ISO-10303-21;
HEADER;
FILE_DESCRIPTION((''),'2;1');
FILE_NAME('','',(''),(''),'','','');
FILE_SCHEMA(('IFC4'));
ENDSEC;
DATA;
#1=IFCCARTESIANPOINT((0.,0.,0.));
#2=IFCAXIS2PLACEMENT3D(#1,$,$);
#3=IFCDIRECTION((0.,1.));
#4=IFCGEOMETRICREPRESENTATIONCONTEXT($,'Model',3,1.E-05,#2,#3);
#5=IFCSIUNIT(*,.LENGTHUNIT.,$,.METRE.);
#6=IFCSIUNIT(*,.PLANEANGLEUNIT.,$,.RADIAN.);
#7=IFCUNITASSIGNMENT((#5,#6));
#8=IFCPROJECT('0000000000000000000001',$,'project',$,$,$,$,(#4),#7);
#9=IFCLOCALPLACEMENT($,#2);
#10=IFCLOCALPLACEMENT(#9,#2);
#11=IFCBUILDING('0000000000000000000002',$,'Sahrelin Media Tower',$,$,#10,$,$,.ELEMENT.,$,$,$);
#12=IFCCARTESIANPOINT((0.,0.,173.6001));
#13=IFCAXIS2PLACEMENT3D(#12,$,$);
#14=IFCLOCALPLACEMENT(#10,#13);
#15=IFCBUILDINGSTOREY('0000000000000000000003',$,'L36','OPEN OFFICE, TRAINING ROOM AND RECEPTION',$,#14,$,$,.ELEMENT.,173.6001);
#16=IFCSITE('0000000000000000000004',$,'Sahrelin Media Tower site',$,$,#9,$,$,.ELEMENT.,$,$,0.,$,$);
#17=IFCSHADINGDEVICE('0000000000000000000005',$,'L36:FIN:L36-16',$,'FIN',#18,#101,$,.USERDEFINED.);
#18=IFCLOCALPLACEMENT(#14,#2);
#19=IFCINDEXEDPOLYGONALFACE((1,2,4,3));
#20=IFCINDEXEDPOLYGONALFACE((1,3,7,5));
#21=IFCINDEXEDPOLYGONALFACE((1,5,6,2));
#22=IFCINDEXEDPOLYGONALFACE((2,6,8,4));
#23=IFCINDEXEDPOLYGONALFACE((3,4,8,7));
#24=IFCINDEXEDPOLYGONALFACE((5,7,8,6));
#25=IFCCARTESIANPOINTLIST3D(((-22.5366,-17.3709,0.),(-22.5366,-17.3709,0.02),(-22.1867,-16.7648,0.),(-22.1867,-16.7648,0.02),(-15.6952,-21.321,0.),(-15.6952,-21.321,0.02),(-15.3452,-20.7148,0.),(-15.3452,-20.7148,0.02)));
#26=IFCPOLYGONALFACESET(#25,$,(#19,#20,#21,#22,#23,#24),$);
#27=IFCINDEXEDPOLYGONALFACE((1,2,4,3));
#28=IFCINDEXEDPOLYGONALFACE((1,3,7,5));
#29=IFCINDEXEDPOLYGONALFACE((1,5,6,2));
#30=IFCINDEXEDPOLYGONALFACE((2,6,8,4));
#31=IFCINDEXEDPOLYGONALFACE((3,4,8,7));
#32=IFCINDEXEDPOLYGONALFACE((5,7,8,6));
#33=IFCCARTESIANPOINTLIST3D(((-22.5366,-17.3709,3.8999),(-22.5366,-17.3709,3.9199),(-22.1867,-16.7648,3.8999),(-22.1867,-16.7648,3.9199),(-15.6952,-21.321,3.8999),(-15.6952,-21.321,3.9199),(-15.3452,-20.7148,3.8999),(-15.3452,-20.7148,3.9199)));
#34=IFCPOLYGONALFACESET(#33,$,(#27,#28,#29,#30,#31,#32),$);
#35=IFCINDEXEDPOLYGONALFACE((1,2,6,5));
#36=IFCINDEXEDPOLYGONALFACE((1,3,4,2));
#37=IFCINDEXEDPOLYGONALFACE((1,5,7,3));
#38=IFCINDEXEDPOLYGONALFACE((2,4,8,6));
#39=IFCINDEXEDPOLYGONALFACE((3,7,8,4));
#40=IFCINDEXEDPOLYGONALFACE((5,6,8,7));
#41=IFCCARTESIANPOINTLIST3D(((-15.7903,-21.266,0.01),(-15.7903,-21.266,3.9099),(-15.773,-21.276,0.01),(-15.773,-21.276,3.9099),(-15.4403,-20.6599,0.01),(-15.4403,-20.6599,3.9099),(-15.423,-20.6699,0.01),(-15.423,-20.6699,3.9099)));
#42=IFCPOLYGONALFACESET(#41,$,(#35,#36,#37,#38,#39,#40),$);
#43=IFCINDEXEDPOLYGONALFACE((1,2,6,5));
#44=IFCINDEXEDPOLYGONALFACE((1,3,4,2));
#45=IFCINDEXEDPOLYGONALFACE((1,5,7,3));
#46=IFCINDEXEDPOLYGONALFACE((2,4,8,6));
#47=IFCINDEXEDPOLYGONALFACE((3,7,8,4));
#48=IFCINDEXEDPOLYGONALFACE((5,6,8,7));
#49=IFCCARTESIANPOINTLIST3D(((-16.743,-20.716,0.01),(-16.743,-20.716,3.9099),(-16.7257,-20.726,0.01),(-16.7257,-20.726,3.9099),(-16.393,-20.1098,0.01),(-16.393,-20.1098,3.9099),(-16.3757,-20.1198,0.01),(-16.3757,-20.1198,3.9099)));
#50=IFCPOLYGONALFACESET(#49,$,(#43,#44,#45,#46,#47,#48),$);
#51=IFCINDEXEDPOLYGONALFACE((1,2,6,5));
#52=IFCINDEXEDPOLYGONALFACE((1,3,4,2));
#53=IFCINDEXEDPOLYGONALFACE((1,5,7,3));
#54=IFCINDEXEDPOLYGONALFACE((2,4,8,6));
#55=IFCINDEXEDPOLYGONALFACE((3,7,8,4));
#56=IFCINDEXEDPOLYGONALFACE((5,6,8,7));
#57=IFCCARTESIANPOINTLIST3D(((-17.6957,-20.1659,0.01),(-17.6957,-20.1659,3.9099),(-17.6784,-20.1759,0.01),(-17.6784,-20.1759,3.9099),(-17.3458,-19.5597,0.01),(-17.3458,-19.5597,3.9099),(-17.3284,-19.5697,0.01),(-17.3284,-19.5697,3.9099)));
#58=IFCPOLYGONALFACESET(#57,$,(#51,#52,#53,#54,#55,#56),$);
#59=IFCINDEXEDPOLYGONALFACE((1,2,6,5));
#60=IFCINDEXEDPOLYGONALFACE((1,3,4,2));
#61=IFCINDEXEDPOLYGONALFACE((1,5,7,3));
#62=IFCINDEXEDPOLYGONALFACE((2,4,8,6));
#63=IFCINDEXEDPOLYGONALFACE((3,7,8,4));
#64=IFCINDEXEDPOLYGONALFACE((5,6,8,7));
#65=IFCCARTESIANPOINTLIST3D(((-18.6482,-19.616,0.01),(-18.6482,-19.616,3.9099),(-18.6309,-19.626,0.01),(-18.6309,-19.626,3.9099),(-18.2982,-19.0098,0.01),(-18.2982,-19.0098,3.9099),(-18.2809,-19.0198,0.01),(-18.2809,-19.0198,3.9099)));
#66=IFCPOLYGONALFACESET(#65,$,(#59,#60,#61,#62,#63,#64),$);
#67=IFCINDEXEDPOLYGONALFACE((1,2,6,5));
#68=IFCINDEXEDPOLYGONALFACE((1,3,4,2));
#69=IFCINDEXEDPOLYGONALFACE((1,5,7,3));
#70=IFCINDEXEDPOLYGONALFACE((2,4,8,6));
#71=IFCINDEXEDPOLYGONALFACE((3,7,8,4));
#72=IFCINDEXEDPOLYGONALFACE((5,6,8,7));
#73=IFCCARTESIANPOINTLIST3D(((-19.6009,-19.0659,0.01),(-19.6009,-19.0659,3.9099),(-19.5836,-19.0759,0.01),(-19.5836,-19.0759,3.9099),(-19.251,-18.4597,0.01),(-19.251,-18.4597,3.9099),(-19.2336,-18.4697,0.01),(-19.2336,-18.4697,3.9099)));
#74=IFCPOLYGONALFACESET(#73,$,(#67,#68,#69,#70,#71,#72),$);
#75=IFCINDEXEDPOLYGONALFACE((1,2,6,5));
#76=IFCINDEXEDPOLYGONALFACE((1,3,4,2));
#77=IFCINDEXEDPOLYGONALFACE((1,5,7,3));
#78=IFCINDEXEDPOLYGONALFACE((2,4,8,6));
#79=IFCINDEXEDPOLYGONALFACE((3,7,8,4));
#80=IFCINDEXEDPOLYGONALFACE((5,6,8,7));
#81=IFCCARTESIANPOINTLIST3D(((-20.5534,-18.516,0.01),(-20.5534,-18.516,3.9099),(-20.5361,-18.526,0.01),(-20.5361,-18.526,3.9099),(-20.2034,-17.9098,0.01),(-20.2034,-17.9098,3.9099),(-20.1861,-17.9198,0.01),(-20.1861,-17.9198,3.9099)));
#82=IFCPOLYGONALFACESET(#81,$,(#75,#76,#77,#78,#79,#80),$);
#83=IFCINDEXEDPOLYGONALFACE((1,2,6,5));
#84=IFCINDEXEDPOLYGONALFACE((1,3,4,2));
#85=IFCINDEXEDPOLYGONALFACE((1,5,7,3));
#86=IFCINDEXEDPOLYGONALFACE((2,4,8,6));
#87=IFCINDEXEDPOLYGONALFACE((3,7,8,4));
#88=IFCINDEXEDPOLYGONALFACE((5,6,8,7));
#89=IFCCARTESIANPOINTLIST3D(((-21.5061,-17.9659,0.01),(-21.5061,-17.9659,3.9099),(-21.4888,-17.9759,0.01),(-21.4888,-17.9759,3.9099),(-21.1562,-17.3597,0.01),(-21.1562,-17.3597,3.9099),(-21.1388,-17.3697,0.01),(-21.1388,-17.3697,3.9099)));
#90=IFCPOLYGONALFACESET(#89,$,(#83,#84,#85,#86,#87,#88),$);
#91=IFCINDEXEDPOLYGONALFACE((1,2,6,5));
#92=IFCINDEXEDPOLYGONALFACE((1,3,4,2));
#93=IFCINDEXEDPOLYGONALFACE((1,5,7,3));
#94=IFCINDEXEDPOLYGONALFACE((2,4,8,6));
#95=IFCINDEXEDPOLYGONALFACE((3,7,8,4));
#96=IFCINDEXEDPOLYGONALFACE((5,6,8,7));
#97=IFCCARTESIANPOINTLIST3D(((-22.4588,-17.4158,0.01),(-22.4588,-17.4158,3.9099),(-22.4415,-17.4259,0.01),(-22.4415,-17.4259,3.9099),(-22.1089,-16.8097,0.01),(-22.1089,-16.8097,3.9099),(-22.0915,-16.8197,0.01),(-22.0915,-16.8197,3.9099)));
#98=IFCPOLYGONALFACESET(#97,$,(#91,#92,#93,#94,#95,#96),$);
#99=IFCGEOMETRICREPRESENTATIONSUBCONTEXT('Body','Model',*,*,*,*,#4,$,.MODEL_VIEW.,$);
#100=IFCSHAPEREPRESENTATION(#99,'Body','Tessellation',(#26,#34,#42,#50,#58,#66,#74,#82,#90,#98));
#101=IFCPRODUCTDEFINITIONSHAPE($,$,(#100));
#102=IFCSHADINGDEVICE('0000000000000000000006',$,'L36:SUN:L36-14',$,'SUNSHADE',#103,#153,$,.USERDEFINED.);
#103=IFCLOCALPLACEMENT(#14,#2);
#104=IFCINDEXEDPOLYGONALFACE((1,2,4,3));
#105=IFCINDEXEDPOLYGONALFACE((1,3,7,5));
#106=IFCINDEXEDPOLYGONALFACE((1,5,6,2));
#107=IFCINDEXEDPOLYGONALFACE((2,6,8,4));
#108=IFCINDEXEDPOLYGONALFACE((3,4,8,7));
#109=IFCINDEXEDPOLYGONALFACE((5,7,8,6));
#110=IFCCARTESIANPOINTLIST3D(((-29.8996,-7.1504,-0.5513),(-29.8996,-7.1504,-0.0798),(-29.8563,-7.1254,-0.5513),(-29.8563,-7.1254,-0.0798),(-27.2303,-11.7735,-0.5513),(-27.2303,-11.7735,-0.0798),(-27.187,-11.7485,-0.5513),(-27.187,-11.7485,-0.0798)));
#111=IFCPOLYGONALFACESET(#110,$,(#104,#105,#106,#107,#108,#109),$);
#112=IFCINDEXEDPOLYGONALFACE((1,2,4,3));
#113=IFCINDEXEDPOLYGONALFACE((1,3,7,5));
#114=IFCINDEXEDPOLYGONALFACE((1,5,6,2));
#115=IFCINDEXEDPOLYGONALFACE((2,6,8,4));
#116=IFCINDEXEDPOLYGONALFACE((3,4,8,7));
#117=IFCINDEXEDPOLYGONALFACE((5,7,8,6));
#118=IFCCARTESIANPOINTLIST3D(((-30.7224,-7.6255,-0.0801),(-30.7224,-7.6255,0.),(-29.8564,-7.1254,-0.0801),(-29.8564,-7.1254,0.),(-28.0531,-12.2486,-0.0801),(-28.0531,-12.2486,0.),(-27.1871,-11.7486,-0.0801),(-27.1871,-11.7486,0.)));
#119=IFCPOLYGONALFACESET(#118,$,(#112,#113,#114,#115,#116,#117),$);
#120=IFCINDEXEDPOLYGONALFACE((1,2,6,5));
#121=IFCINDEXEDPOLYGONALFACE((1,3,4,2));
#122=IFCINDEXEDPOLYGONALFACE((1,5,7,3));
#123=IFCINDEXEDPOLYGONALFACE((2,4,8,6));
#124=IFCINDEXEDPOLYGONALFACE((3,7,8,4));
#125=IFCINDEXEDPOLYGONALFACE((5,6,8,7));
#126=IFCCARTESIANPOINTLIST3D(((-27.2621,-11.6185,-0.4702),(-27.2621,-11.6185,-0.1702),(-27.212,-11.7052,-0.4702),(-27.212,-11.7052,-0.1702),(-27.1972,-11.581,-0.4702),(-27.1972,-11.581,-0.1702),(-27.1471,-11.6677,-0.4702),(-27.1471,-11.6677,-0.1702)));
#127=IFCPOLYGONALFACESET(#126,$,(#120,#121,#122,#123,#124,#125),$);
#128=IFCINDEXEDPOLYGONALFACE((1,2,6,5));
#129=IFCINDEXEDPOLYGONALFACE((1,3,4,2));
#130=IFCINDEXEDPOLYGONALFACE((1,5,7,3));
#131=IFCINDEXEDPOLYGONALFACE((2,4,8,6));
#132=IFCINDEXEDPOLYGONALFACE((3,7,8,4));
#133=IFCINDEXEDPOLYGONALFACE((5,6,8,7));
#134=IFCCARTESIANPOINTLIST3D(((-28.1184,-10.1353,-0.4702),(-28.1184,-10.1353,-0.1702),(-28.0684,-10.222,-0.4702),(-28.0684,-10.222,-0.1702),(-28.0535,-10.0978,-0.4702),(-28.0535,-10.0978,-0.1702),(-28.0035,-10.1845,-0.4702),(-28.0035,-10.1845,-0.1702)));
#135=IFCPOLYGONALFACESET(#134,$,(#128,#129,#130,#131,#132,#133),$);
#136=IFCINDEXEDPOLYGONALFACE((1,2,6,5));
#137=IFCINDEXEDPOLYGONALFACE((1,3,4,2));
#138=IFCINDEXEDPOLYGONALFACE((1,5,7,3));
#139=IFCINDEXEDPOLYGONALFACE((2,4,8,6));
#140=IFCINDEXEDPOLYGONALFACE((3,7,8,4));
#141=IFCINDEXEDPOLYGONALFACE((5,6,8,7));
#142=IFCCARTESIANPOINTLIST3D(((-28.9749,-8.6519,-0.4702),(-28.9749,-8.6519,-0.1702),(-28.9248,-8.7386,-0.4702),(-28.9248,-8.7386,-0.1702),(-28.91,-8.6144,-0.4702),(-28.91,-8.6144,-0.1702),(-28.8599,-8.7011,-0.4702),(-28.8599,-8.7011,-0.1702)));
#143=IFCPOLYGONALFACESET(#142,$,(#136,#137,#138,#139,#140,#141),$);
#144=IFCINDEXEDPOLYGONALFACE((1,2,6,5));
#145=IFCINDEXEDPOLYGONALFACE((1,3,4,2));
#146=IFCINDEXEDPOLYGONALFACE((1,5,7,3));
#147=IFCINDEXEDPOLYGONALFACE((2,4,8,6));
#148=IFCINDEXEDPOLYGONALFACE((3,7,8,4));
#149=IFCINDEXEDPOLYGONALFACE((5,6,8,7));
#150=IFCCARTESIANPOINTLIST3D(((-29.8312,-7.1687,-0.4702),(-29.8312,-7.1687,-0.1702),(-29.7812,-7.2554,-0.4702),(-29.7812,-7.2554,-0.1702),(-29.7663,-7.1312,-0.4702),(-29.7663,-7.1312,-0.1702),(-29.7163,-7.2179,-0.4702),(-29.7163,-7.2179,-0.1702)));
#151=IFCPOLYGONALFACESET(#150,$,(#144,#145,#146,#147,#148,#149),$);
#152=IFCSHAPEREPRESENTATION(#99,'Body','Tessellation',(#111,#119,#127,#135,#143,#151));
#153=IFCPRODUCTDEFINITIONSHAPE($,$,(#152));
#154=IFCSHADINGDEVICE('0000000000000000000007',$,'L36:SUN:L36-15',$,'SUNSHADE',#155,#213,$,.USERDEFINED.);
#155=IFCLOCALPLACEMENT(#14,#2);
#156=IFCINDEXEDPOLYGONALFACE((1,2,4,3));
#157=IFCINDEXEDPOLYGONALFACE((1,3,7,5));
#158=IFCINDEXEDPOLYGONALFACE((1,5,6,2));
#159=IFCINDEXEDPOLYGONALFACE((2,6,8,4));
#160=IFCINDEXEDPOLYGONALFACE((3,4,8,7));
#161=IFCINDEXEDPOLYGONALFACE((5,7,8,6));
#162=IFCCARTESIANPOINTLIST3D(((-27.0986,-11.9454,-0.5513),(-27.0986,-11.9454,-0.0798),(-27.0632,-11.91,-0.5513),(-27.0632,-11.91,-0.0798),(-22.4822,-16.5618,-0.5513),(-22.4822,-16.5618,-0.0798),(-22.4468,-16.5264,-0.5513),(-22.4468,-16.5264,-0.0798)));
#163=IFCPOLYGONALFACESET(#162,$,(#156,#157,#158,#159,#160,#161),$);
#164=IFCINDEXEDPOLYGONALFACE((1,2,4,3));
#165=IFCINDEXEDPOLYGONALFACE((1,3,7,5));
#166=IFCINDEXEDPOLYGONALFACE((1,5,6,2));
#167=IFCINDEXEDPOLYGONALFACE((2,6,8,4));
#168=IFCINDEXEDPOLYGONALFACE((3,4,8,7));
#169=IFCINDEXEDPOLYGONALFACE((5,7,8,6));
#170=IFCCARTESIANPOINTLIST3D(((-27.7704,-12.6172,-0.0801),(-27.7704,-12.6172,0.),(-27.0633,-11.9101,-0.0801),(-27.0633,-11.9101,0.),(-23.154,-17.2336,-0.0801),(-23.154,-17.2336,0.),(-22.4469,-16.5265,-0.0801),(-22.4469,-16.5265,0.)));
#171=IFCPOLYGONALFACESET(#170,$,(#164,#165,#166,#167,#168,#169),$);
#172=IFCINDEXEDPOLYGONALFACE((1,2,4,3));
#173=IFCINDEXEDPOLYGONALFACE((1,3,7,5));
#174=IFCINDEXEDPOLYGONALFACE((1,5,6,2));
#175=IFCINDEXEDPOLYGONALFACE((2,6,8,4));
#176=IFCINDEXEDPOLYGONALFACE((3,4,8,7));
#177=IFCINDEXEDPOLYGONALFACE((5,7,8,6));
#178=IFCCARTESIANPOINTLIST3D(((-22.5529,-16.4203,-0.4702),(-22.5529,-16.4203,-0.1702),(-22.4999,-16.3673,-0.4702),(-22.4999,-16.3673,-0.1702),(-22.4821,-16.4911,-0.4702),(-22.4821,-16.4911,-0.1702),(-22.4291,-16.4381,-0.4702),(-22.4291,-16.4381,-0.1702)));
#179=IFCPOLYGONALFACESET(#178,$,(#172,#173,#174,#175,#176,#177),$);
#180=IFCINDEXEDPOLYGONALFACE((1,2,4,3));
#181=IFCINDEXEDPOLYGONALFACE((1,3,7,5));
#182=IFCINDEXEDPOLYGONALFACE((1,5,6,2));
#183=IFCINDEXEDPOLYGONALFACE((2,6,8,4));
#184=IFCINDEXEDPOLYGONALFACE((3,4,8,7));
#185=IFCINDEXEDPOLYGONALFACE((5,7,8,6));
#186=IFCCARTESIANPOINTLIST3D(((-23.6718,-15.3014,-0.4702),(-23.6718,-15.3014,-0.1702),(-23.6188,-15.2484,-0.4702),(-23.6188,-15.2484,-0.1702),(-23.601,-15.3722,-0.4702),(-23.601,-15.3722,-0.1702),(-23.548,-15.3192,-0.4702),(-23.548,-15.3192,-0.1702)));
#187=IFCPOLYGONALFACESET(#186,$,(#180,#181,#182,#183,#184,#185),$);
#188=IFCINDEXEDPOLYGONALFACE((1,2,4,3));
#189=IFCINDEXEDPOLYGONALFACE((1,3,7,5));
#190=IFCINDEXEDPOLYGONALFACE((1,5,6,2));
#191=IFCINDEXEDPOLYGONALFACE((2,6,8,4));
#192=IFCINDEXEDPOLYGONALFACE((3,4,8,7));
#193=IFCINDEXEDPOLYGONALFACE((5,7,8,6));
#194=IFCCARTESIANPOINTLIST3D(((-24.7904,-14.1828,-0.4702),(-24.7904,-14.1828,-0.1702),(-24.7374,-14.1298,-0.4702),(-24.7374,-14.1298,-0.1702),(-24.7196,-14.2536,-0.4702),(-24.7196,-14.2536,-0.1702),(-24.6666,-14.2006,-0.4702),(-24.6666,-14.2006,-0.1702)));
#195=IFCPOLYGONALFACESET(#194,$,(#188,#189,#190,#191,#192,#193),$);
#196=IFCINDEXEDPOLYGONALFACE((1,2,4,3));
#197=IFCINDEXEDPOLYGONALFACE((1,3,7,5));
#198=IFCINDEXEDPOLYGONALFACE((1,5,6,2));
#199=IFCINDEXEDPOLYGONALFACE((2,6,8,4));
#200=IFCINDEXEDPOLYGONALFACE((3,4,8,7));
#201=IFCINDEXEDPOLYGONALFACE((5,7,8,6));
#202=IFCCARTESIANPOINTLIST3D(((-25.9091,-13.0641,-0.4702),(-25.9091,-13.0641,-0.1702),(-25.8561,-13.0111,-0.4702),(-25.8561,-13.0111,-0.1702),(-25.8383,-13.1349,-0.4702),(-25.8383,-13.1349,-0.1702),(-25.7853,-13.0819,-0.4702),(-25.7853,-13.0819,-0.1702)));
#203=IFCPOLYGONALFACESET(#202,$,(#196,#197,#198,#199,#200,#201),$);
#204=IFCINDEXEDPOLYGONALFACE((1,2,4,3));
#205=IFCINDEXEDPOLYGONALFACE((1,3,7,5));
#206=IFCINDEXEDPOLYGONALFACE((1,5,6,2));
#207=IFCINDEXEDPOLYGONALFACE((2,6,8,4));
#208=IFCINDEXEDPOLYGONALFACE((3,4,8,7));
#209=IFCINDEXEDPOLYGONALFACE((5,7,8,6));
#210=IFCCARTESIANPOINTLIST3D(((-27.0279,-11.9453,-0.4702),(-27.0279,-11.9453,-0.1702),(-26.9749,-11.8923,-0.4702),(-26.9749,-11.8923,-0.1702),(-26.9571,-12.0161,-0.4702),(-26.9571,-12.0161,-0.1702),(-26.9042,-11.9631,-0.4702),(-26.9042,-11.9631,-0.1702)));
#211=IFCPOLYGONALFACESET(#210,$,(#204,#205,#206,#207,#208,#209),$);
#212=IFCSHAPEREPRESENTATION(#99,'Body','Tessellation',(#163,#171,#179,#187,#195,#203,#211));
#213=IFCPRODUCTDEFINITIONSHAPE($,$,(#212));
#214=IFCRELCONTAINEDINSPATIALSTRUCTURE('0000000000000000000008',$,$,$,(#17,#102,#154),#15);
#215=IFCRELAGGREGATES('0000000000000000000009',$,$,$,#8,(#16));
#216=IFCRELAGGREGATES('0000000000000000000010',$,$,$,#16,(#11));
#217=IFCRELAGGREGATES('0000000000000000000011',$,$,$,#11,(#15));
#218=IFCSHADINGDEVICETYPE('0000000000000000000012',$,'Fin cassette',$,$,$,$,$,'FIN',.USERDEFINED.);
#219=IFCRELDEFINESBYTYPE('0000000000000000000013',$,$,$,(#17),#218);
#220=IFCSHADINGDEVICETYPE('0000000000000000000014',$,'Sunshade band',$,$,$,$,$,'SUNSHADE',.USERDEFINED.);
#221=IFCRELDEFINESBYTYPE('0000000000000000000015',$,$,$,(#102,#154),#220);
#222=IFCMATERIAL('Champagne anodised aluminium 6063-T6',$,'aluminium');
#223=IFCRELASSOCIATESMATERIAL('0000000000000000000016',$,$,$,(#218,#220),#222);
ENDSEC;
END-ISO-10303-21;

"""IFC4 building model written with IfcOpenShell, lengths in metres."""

from ifc_helpers import new_model, si_unit, direction, frame, origin, origin_2d, place, context, subcontext, project, spatial, rectangle, extrude, material, type_object, element, save


model = new_model("IFC4")

# Units and contexts
model_context = context("Model", 3, precision=1e-05, world=origin(), true_north=direction((0.0, 1.0)))
body_context = subcontext(model_context, "Body", "Model", "MODEL_VIEW")
ifc_project = project(units=[si_unit("LENGTHUNIT", "METRE"), si_unit("PLANEANGLEUNIT", "RADIAN")], contexts=[model_context])

# Site, building, storey
site_placement = place(None, origin())
site = spatial("IfcSite", under=ifc_project, at=site_placement, Name="Sahrelin Media Tower site", CompositionType="ELEMENT", RefElevation=0.0)
building_placement = place(site_placement, origin())
building = spatial("IfcBuilding", under=site, at=building_placement, Name="Sahrelin Media Tower", CompositionType="ELEMENT")
storey_placement = place(building_placement, frame((0.0, 0.0, 173.6001)))
storey = spatial("IfcBuildingStorey", under=building, at=storey_placement, Name="L36", Description="OPEN OFFICE, TRAINING ROOM AND RECEPTION", CompositionType="ELEMENT", Elevation=173.6001)

# Shared definitions
ifc_material_1 = material(Name="Champagne anodised aluminium 6063-T6", Category="aluminium")

# Shading devices
shading_device_type_1 = type_object("IfcShadingDeviceType", Name="Fin cassette", ElementType="FIN", PredefinedType="USERDEFINED", material=ifc_material_1)
placement_1 = place(storey_placement, frame((-28.5044, -9.427, 0.0), z_axis=(0.0, 0.0, 1.0), x_axis=(-0.500011, 0.866019, 0.0)))
placement_2 = place(storey_placement, frame((-24.741, -14.2041, 0.0), z_axis=(0.0, 0.0, 1.0), x_axis=(-0.707107, 0.707107, 0.0)))
placement_3 = place(storey_placement, frame((-18.731, -18.6792, 0.0), z_axis=(0.0, 0.0, 1.0), x_axis=(-0.866019, 0.500011, 0.0)))
element("IfcShadingDevice", 1, at=placement_3, inside=storey, type_object=shading_device_type_1, Name="L36:FIN:L36-16", ObjectType="FIN", PredefinedType="USERDEFINED", context=body_context, shape_type="SweptSolid", body=[
    extrude(rectangle(XDim=7.8999, YDim=0.7, at=origin_2d()), frame((0.0, 0.4199, 0.0)), (0.0, 0.0, 1.0), 0.02),
    extrude(rectangle(XDim=7.8999, YDim=0.7, at=origin_2d()), frame((0.0, 0.4199, 3.8999)), (0.0, 0.0, 1.0), 0.02),
    extrude(rectangle(XDim=0.02, YDim=0.7, at=origin_2d()), frame((-3.8501, 0.4199, 0.01), z_axis=(0.0, 0.0, 1.0), x_axis=(1.0, 0.0, 0.0)), (0.0, 0.0, 1.0), 3.8999),
    extrude(rectangle(XDim=0.02, YDim=0.7, at=origin_2d()), frame((-2.75, 0.4199, 0.01), z_axis=(0.0, 0.0, 1.0), x_axis=(1.0, 0.0, 0.0)), (0.0, 0.0, 1.0), 3.8999),
    extrude(rectangle(XDim=0.02, YDim=0.7, at=origin_2d()), frame((-1.6499, 0.4199, 0.01), z_axis=(0.0, 0.0, 1.0), x_axis=(1.0, 0.0, 0.0)), (0.0, 0.0, 1.0), 3.8999),
    extrude(rectangle(XDim=0.02, YDim=0.7, at=origin_2d()), frame((-0.55, 0.4199, 0.01), z_axis=(0.0, 0.0, 1.0), x_axis=(1.0, 0.0, 0.0)), (0.0, 0.0, 1.0), 3.8999),
    extrude(rectangle(XDim=0.02, YDim=0.7, at=origin_2d()), frame((0.55, 0.4199, 0.01), z_axis=(0.0, 0.0, 1.0), x_axis=(1.0, 0.0, 0.0)), (0.0, 0.0, 1.0), 3.8999),
    extrude(rectangle(XDim=0.02, YDim=0.7, at=origin_2d()), frame((1.6499, 0.4199, 0.01), z_axis=(0.0, 0.0, 1.0), x_axis=(1.0, 0.0, 0.0)), (0.0, 0.0, 1.0), 3.8999),
    extrude(rectangle(XDim=0.02, YDim=0.7, at=origin_2d()), frame((2.75, 0.4199, 0.01), z_axis=(0.0, 0.0, 1.0), x_axis=(1.0, 0.0, 0.0)), (0.0, 0.0, 1.0), 3.8999),
    extrude(rectangle(XDim=0.02, YDim=0.7, at=origin_2d()), frame((3.8501, 0.4199, 0.01), z_axis=(0.0, 0.0, 1.0), x_axis=(1.0, 0.0, 0.0)), (0.0, 0.0, 1.0), 3.8999),
])
shading_device_type_2 = type_object("IfcShadingDeviceType", Name="Sunshade band", ElementType="SUNSHADE", PredefinedType="USERDEFINED", material=ifc_material_1)
element("IfcShadingDevice", 2, at=placement_1, inside=storey, type_object=shading_device_type_2, Name="L36:SUN:L36-14", ObjectType="SUNSHADE", PredefinedType="USERDEFINED", context=body_context, shape_type="SweptSolid", body=[
    extrude(rectangle(XDim=5.3384, YDim=0.05, at=origin_2d()), frame((0.0, 0.0449, -0.5513)), (0.0, 0.0, 1.0), 0.4714),
    extrude(rectangle(XDim=5.3384, YDim=1.0, at=origin_2d()), frame((0.0, 0.52, -0.0801)), (0.0, 0.0, 1.0), 0.0801),
    extrude(rectangle(XDim=0.1001, YDim=0.075, at=origin_2d()), frame((-2.5691, -0.0176, -0.4702)), (0.0, 0.0, 1.0), 0.3),
    extrude(rectangle(XDim=0.1001, YDim=0.075, at=origin_2d()), frame((-0.8564, -0.0176, -0.4702)), (0.0, 0.0, 1.0), 0.3),
    extrude(rectangle(XDim=0.1001, YDim=0.075, at=origin_2d()), frame((0.8564, -0.0176, -0.4702)), (0.0, 0.0, 1.0), 0.3),
    extrude(rectangle(XDim=0.1001, YDim=0.075, at=origin_2d()), frame((2.5691, -0.0176, -0.4702)), (0.0, 0.0, 1.0), 0.3),
])
element("IfcShadingDevice", 3, at=placement_2, inside=storey, type_object=shading_device_type_2, Name="L36:SUN:L36-15", ObjectType="SUNSHADE", PredefinedType="USERDEFINED", context=body_context, shape_type="SweptSolid", body=[
    extrude(rectangle(XDim=6.5286, YDim=0.05, at=origin_2d()), frame((0.0, 0.0449, -0.5513)), (0.0, 0.0, 1.0), 0.4714),
    extrude(rectangle(XDim=6.5286, YDim=1.0, at=origin_2d()), frame((0.0, 0.52, -0.0801)), (0.0, 0.0, 1.0), 0.0801),
    extrude(rectangle(XDim=0.1001, YDim=0.075, at=origin_2d()), frame((-3.1643, -0.0176, -0.4702)), (0.0, 0.0, 1.0), 0.3),
    extrude(rectangle(XDim=0.1001, YDim=0.075, at=origin_2d()), frame((-1.582, -0.0176, -0.4702)), (0.0, 0.0, 1.0), 0.3),
    extrude(rectangle(XDim=0.1001, YDim=0.075, at=origin_2d()), frame((0.0, -0.0176, -0.4702)), (0.0, 0.0, 1.0), 0.3),
    extrude(rectangle(XDim=0.1001, YDim=0.075, at=origin_2d()), frame((1.582, -0.0176, -0.4702)), (0.0, 0.0, 1.0), 0.3),
    extrude(rectangle(XDim=0.1001, YDim=0.075, at=origin_2d()), frame((3.1643, -0.0176, -0.4702)), (0.0, 0.0, 1.0), 0.3),
])

save(model, "model.ifc")
